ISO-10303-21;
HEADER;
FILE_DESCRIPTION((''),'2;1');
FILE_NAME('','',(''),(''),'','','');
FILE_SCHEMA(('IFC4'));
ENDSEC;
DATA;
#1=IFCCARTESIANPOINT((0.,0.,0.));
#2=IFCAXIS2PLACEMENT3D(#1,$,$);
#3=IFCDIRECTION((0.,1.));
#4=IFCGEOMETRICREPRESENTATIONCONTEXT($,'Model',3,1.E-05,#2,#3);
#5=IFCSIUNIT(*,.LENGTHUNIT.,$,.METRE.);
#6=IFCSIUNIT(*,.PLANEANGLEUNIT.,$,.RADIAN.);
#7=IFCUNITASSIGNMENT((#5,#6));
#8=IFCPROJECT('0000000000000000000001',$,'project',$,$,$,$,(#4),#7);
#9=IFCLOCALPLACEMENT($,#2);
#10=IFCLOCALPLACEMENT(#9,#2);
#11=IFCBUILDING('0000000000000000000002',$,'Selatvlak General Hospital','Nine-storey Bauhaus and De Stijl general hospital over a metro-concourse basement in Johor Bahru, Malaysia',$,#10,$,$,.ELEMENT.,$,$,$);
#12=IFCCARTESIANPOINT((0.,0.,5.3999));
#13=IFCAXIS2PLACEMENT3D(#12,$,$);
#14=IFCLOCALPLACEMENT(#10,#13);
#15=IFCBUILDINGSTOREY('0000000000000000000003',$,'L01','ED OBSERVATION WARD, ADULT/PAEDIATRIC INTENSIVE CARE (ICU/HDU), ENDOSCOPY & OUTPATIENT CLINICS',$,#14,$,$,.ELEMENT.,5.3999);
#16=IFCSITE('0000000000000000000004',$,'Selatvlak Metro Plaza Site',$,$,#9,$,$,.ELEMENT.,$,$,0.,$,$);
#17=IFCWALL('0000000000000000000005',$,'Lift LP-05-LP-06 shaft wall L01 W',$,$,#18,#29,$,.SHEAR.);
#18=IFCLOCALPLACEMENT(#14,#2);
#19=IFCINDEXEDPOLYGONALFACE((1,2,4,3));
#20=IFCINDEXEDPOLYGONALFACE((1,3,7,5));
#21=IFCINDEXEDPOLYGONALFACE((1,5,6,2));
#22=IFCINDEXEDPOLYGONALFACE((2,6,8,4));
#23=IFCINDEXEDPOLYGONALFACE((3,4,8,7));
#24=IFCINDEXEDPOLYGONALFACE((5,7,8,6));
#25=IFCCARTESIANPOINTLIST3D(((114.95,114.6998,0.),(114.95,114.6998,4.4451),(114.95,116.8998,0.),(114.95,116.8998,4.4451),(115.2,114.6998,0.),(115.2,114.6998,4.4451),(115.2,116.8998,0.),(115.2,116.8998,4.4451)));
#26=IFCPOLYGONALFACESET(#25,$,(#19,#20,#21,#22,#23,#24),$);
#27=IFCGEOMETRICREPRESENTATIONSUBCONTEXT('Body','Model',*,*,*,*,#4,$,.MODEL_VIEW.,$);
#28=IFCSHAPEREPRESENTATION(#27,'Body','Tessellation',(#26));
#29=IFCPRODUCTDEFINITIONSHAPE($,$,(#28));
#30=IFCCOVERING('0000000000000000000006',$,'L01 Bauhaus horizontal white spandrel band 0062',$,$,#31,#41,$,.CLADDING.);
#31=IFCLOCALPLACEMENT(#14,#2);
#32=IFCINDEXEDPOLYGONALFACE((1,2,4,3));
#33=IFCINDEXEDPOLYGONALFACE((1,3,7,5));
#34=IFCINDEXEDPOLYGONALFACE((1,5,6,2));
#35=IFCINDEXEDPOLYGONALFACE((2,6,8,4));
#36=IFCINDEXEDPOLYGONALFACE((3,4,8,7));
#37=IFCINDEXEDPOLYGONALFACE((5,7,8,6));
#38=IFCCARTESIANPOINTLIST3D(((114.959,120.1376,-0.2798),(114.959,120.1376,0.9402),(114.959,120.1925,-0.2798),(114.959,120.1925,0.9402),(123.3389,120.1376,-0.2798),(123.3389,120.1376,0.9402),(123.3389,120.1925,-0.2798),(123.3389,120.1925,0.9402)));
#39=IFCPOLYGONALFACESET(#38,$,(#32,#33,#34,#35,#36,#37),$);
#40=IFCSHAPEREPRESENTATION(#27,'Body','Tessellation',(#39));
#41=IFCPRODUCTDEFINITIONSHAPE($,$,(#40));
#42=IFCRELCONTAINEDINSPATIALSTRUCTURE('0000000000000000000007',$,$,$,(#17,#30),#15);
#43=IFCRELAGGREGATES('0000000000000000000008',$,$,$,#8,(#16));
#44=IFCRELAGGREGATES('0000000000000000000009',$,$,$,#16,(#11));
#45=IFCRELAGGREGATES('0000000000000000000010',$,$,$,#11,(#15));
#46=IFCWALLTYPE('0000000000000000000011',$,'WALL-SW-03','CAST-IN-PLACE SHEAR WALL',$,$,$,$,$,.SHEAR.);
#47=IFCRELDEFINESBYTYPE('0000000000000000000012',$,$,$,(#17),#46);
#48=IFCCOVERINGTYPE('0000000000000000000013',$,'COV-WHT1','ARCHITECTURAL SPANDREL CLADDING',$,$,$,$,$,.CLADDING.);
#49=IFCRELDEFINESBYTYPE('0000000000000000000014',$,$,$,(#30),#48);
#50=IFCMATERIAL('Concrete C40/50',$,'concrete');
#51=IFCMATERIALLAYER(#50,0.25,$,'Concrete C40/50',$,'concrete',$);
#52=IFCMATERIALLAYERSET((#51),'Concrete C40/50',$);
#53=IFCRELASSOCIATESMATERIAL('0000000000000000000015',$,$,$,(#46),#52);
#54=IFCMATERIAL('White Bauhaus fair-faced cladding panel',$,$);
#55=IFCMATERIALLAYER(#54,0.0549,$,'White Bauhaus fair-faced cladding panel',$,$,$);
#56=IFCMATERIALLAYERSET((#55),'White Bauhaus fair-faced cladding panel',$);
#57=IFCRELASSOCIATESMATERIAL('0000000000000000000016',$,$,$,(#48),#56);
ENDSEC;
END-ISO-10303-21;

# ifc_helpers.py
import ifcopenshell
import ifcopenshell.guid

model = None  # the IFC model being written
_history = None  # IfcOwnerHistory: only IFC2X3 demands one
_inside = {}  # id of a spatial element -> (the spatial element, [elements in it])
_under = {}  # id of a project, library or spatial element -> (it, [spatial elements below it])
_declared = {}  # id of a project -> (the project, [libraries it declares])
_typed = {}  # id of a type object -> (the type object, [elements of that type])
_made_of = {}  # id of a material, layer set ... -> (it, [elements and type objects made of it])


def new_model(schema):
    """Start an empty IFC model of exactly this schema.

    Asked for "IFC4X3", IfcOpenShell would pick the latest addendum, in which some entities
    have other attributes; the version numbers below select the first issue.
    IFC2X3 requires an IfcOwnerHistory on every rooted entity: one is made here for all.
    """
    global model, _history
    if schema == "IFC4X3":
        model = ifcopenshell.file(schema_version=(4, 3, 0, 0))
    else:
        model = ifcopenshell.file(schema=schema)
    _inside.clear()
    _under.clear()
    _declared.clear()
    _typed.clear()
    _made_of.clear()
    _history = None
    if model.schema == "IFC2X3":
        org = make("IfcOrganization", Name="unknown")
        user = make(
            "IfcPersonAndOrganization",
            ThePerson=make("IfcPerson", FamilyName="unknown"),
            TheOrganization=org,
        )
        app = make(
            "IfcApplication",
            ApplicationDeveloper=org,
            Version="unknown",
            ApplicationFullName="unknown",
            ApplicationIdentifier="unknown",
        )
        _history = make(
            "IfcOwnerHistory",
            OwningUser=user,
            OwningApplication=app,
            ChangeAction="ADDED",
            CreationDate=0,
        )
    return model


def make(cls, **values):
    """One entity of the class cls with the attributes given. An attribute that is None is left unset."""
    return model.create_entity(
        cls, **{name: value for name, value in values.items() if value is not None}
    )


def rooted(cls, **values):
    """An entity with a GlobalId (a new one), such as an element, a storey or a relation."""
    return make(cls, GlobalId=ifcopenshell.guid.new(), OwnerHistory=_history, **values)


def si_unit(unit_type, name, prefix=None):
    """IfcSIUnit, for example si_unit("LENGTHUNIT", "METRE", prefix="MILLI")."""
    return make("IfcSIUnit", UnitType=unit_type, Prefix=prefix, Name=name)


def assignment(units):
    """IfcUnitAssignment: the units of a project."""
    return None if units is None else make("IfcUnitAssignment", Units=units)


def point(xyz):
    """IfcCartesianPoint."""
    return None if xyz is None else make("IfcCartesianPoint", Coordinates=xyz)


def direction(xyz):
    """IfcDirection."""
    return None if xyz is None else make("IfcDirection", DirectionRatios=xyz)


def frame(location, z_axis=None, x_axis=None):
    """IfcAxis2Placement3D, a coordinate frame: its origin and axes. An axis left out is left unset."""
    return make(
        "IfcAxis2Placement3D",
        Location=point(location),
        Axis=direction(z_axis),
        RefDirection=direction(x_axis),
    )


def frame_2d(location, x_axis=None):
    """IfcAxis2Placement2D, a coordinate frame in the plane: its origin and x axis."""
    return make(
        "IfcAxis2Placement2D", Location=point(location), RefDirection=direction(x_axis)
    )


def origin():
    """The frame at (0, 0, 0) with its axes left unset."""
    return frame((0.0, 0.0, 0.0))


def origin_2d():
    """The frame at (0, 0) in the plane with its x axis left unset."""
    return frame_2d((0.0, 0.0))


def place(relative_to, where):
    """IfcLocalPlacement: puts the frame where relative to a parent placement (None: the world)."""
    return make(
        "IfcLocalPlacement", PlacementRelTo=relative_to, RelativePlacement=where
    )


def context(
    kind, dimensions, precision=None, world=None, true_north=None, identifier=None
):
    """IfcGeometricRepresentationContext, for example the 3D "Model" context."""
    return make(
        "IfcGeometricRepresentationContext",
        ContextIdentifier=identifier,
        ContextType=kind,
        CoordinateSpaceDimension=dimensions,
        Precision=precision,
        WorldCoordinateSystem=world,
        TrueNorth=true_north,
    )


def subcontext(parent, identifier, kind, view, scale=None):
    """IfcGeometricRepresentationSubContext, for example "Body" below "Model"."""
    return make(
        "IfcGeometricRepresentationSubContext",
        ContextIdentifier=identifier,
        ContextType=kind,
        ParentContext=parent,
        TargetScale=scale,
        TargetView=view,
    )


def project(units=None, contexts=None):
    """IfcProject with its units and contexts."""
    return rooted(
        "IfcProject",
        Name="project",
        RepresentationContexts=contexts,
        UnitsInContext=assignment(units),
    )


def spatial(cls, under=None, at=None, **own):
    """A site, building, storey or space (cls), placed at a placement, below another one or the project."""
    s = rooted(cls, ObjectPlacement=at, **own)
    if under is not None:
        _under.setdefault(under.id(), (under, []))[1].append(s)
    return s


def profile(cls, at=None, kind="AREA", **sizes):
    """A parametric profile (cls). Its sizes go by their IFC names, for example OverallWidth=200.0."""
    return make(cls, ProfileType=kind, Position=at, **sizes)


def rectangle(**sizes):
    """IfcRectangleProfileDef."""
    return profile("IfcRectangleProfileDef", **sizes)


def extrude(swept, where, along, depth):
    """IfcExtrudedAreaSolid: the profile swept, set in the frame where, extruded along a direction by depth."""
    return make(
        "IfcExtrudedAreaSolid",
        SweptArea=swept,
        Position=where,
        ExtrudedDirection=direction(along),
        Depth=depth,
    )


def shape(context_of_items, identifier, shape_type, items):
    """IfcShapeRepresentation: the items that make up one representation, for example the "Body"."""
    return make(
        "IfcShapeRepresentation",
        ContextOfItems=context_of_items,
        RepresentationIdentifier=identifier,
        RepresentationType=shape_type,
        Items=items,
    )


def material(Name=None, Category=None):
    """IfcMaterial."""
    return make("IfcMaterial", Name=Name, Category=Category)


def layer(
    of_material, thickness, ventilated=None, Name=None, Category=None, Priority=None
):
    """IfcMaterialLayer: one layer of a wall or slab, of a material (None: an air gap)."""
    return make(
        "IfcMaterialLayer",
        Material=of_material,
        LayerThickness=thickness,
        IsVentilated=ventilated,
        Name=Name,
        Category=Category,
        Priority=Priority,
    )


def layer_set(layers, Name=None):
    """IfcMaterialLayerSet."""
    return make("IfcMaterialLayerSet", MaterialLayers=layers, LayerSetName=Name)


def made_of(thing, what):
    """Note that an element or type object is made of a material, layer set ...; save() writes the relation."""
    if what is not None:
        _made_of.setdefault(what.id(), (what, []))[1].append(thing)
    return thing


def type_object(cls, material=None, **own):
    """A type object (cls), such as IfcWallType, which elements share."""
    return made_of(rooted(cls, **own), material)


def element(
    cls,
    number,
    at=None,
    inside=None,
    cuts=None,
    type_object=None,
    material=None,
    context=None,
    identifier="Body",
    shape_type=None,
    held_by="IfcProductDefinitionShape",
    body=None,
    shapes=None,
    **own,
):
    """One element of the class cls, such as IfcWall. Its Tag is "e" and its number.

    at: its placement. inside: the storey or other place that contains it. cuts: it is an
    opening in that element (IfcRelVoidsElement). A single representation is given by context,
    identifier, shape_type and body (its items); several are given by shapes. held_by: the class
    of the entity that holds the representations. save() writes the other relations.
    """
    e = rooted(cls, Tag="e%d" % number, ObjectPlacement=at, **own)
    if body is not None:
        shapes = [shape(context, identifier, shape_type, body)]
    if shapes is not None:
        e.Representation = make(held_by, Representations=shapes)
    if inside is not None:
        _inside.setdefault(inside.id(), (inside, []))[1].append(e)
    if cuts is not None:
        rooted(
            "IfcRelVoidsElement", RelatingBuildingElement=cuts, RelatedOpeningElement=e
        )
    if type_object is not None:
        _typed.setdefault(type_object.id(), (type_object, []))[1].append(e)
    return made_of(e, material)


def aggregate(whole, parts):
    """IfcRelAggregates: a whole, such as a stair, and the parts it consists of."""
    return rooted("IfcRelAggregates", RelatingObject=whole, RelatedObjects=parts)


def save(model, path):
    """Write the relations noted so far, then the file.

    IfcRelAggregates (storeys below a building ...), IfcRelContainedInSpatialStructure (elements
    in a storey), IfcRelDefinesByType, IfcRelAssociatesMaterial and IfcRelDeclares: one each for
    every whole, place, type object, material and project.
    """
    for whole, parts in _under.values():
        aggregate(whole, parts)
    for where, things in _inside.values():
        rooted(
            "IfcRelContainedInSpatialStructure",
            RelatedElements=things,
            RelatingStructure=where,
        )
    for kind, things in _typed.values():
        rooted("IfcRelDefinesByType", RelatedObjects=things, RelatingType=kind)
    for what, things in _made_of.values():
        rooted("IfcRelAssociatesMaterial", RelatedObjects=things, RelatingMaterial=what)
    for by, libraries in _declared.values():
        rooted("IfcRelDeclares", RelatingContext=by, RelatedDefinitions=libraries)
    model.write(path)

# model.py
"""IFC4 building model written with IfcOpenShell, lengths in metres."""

from ifc_helpers import new_model, si_unit, direction, frame, frame_2d, origin, origin_2d, place, context, subcontext, project, spatial, rectangle, extrude, material, layer, layer_set, type_object, element, save


model = new_model("IFC4")

# Units and contexts
model_context = context("Model", 3, precision=1e-05, world=origin(), true_north=direction((0.0, 1.0)))
body_context = subcontext(model_context, "Body", "Model", "MODEL_VIEW")
ifc_project = project(units=[si_unit("LENGTHUNIT", "METRE"), si_unit("PLANEANGLEUNIT", "RADIAN")], contexts=[model_context])

# Site, building, storey
site_placement = place(None, origin())
site = spatial("IfcSite", under=ifc_project, at=site_placement, Name="Selatvlak Metro Plaza Site", CompositionType="ELEMENT", RefElevation=0.0)
building_placement = place(site_placement, origin())
building = spatial("IfcBuilding", under=site, at=building_placement, Name="Selatvlak General Hospital", Description="Nine-storey Bauhaus and De Stijl general hospital over a metro-concourse basement in Johor Bahru, Malaysia", CompositionType="ELEMENT")
storey_placement = place(building_placement, frame((0.0, 0.0, 5.3999)))
storey = spatial("IfcBuildingStorey", under=building, at=storey_placement, Name="L01", Description="ED OBSERVATION WARD, ADULT/PAEDIATRIC INTENSIVE CARE (ICU/HDU), ENDOSCOPY & OUTPATIENT CLINICS", CompositionType="ELEMENT", Elevation=5.3999)

# Shared definitions
ifc_material_1 = material(Name="Concrete C40/50", Category="concrete")

# Wall
ifc_layer_1 = layer(ifc_material_1, 0.25, Name="Concrete C40/50", Category="concrete")
ifc_layer_set_1 = layer_set([ifc_layer_1], Name="Concrete C40/50")
wall_type_1 = type_object("IfcWallType", Name="WALL-SW-03", Description="CAST-IN-PLACE SHEAR WALL", PredefinedType="SHEAR", material=ifc_layer_set_1)
wall_1_placement = place(storey_placement, frame((115.075, 116.8999, 0.0), z_axis=(0.0, 0.0, 1.0), x_axis=(0.0, -1.0, 0.0)))
element("IfcWall", 1, at=wall_1_placement, inside=storey, type_object=wall_type_1, Name="Lift LP-05-LP-06 shaft wall L01 W", PredefinedType="SHEAR", context=body_context, shape_type="SweptSolid", body=[
    extrude(rectangle(XDim=2.2, YDim=0.25, at=frame_2d((1.1001, 0.0))), origin(), (0.0, 0.0, 1.0), 4.4451),
])

# Covering
ifc_material_2 = material(Name="White Bauhaus fair-faced cladding panel")
ifc_layer_2 = layer(ifc_material_2, 0.0549, Name="White Bauhaus fair-faced cladding panel")
ifc_layer_set_2 = layer_set([ifc_layer_2], Name="White Bauhaus fair-faced cladding panel")
covering_type = type_object("IfcCoveringType", Name="COV-WHT1", Description="ARCHITECTURAL SPANDREL CLADDING", PredefinedType="CLADDING", material=ifc_layer_set_2)
covering_placement = place(storey_placement, frame((119.1489, 120.165, -0.2798), z_axis=(0.0, 0.0, 1.0), x_axis=(1.0, 0.0, 0.0)))
element("IfcCovering", 2, at=covering_placement, inside=storey, type_object=covering_type, Name="L01 Bauhaus horizontal white spandrel band 0062", PredefinedType="CLADDING", context=body_context, shape_type="SweptSolid", body=[
    extrude(rectangle(XDim=8.3799, YDim=0.0549, at=origin_2d()), origin(), (0.0, 0.0, 1.0), 1.22),
])

save(model, "model.ifc")
